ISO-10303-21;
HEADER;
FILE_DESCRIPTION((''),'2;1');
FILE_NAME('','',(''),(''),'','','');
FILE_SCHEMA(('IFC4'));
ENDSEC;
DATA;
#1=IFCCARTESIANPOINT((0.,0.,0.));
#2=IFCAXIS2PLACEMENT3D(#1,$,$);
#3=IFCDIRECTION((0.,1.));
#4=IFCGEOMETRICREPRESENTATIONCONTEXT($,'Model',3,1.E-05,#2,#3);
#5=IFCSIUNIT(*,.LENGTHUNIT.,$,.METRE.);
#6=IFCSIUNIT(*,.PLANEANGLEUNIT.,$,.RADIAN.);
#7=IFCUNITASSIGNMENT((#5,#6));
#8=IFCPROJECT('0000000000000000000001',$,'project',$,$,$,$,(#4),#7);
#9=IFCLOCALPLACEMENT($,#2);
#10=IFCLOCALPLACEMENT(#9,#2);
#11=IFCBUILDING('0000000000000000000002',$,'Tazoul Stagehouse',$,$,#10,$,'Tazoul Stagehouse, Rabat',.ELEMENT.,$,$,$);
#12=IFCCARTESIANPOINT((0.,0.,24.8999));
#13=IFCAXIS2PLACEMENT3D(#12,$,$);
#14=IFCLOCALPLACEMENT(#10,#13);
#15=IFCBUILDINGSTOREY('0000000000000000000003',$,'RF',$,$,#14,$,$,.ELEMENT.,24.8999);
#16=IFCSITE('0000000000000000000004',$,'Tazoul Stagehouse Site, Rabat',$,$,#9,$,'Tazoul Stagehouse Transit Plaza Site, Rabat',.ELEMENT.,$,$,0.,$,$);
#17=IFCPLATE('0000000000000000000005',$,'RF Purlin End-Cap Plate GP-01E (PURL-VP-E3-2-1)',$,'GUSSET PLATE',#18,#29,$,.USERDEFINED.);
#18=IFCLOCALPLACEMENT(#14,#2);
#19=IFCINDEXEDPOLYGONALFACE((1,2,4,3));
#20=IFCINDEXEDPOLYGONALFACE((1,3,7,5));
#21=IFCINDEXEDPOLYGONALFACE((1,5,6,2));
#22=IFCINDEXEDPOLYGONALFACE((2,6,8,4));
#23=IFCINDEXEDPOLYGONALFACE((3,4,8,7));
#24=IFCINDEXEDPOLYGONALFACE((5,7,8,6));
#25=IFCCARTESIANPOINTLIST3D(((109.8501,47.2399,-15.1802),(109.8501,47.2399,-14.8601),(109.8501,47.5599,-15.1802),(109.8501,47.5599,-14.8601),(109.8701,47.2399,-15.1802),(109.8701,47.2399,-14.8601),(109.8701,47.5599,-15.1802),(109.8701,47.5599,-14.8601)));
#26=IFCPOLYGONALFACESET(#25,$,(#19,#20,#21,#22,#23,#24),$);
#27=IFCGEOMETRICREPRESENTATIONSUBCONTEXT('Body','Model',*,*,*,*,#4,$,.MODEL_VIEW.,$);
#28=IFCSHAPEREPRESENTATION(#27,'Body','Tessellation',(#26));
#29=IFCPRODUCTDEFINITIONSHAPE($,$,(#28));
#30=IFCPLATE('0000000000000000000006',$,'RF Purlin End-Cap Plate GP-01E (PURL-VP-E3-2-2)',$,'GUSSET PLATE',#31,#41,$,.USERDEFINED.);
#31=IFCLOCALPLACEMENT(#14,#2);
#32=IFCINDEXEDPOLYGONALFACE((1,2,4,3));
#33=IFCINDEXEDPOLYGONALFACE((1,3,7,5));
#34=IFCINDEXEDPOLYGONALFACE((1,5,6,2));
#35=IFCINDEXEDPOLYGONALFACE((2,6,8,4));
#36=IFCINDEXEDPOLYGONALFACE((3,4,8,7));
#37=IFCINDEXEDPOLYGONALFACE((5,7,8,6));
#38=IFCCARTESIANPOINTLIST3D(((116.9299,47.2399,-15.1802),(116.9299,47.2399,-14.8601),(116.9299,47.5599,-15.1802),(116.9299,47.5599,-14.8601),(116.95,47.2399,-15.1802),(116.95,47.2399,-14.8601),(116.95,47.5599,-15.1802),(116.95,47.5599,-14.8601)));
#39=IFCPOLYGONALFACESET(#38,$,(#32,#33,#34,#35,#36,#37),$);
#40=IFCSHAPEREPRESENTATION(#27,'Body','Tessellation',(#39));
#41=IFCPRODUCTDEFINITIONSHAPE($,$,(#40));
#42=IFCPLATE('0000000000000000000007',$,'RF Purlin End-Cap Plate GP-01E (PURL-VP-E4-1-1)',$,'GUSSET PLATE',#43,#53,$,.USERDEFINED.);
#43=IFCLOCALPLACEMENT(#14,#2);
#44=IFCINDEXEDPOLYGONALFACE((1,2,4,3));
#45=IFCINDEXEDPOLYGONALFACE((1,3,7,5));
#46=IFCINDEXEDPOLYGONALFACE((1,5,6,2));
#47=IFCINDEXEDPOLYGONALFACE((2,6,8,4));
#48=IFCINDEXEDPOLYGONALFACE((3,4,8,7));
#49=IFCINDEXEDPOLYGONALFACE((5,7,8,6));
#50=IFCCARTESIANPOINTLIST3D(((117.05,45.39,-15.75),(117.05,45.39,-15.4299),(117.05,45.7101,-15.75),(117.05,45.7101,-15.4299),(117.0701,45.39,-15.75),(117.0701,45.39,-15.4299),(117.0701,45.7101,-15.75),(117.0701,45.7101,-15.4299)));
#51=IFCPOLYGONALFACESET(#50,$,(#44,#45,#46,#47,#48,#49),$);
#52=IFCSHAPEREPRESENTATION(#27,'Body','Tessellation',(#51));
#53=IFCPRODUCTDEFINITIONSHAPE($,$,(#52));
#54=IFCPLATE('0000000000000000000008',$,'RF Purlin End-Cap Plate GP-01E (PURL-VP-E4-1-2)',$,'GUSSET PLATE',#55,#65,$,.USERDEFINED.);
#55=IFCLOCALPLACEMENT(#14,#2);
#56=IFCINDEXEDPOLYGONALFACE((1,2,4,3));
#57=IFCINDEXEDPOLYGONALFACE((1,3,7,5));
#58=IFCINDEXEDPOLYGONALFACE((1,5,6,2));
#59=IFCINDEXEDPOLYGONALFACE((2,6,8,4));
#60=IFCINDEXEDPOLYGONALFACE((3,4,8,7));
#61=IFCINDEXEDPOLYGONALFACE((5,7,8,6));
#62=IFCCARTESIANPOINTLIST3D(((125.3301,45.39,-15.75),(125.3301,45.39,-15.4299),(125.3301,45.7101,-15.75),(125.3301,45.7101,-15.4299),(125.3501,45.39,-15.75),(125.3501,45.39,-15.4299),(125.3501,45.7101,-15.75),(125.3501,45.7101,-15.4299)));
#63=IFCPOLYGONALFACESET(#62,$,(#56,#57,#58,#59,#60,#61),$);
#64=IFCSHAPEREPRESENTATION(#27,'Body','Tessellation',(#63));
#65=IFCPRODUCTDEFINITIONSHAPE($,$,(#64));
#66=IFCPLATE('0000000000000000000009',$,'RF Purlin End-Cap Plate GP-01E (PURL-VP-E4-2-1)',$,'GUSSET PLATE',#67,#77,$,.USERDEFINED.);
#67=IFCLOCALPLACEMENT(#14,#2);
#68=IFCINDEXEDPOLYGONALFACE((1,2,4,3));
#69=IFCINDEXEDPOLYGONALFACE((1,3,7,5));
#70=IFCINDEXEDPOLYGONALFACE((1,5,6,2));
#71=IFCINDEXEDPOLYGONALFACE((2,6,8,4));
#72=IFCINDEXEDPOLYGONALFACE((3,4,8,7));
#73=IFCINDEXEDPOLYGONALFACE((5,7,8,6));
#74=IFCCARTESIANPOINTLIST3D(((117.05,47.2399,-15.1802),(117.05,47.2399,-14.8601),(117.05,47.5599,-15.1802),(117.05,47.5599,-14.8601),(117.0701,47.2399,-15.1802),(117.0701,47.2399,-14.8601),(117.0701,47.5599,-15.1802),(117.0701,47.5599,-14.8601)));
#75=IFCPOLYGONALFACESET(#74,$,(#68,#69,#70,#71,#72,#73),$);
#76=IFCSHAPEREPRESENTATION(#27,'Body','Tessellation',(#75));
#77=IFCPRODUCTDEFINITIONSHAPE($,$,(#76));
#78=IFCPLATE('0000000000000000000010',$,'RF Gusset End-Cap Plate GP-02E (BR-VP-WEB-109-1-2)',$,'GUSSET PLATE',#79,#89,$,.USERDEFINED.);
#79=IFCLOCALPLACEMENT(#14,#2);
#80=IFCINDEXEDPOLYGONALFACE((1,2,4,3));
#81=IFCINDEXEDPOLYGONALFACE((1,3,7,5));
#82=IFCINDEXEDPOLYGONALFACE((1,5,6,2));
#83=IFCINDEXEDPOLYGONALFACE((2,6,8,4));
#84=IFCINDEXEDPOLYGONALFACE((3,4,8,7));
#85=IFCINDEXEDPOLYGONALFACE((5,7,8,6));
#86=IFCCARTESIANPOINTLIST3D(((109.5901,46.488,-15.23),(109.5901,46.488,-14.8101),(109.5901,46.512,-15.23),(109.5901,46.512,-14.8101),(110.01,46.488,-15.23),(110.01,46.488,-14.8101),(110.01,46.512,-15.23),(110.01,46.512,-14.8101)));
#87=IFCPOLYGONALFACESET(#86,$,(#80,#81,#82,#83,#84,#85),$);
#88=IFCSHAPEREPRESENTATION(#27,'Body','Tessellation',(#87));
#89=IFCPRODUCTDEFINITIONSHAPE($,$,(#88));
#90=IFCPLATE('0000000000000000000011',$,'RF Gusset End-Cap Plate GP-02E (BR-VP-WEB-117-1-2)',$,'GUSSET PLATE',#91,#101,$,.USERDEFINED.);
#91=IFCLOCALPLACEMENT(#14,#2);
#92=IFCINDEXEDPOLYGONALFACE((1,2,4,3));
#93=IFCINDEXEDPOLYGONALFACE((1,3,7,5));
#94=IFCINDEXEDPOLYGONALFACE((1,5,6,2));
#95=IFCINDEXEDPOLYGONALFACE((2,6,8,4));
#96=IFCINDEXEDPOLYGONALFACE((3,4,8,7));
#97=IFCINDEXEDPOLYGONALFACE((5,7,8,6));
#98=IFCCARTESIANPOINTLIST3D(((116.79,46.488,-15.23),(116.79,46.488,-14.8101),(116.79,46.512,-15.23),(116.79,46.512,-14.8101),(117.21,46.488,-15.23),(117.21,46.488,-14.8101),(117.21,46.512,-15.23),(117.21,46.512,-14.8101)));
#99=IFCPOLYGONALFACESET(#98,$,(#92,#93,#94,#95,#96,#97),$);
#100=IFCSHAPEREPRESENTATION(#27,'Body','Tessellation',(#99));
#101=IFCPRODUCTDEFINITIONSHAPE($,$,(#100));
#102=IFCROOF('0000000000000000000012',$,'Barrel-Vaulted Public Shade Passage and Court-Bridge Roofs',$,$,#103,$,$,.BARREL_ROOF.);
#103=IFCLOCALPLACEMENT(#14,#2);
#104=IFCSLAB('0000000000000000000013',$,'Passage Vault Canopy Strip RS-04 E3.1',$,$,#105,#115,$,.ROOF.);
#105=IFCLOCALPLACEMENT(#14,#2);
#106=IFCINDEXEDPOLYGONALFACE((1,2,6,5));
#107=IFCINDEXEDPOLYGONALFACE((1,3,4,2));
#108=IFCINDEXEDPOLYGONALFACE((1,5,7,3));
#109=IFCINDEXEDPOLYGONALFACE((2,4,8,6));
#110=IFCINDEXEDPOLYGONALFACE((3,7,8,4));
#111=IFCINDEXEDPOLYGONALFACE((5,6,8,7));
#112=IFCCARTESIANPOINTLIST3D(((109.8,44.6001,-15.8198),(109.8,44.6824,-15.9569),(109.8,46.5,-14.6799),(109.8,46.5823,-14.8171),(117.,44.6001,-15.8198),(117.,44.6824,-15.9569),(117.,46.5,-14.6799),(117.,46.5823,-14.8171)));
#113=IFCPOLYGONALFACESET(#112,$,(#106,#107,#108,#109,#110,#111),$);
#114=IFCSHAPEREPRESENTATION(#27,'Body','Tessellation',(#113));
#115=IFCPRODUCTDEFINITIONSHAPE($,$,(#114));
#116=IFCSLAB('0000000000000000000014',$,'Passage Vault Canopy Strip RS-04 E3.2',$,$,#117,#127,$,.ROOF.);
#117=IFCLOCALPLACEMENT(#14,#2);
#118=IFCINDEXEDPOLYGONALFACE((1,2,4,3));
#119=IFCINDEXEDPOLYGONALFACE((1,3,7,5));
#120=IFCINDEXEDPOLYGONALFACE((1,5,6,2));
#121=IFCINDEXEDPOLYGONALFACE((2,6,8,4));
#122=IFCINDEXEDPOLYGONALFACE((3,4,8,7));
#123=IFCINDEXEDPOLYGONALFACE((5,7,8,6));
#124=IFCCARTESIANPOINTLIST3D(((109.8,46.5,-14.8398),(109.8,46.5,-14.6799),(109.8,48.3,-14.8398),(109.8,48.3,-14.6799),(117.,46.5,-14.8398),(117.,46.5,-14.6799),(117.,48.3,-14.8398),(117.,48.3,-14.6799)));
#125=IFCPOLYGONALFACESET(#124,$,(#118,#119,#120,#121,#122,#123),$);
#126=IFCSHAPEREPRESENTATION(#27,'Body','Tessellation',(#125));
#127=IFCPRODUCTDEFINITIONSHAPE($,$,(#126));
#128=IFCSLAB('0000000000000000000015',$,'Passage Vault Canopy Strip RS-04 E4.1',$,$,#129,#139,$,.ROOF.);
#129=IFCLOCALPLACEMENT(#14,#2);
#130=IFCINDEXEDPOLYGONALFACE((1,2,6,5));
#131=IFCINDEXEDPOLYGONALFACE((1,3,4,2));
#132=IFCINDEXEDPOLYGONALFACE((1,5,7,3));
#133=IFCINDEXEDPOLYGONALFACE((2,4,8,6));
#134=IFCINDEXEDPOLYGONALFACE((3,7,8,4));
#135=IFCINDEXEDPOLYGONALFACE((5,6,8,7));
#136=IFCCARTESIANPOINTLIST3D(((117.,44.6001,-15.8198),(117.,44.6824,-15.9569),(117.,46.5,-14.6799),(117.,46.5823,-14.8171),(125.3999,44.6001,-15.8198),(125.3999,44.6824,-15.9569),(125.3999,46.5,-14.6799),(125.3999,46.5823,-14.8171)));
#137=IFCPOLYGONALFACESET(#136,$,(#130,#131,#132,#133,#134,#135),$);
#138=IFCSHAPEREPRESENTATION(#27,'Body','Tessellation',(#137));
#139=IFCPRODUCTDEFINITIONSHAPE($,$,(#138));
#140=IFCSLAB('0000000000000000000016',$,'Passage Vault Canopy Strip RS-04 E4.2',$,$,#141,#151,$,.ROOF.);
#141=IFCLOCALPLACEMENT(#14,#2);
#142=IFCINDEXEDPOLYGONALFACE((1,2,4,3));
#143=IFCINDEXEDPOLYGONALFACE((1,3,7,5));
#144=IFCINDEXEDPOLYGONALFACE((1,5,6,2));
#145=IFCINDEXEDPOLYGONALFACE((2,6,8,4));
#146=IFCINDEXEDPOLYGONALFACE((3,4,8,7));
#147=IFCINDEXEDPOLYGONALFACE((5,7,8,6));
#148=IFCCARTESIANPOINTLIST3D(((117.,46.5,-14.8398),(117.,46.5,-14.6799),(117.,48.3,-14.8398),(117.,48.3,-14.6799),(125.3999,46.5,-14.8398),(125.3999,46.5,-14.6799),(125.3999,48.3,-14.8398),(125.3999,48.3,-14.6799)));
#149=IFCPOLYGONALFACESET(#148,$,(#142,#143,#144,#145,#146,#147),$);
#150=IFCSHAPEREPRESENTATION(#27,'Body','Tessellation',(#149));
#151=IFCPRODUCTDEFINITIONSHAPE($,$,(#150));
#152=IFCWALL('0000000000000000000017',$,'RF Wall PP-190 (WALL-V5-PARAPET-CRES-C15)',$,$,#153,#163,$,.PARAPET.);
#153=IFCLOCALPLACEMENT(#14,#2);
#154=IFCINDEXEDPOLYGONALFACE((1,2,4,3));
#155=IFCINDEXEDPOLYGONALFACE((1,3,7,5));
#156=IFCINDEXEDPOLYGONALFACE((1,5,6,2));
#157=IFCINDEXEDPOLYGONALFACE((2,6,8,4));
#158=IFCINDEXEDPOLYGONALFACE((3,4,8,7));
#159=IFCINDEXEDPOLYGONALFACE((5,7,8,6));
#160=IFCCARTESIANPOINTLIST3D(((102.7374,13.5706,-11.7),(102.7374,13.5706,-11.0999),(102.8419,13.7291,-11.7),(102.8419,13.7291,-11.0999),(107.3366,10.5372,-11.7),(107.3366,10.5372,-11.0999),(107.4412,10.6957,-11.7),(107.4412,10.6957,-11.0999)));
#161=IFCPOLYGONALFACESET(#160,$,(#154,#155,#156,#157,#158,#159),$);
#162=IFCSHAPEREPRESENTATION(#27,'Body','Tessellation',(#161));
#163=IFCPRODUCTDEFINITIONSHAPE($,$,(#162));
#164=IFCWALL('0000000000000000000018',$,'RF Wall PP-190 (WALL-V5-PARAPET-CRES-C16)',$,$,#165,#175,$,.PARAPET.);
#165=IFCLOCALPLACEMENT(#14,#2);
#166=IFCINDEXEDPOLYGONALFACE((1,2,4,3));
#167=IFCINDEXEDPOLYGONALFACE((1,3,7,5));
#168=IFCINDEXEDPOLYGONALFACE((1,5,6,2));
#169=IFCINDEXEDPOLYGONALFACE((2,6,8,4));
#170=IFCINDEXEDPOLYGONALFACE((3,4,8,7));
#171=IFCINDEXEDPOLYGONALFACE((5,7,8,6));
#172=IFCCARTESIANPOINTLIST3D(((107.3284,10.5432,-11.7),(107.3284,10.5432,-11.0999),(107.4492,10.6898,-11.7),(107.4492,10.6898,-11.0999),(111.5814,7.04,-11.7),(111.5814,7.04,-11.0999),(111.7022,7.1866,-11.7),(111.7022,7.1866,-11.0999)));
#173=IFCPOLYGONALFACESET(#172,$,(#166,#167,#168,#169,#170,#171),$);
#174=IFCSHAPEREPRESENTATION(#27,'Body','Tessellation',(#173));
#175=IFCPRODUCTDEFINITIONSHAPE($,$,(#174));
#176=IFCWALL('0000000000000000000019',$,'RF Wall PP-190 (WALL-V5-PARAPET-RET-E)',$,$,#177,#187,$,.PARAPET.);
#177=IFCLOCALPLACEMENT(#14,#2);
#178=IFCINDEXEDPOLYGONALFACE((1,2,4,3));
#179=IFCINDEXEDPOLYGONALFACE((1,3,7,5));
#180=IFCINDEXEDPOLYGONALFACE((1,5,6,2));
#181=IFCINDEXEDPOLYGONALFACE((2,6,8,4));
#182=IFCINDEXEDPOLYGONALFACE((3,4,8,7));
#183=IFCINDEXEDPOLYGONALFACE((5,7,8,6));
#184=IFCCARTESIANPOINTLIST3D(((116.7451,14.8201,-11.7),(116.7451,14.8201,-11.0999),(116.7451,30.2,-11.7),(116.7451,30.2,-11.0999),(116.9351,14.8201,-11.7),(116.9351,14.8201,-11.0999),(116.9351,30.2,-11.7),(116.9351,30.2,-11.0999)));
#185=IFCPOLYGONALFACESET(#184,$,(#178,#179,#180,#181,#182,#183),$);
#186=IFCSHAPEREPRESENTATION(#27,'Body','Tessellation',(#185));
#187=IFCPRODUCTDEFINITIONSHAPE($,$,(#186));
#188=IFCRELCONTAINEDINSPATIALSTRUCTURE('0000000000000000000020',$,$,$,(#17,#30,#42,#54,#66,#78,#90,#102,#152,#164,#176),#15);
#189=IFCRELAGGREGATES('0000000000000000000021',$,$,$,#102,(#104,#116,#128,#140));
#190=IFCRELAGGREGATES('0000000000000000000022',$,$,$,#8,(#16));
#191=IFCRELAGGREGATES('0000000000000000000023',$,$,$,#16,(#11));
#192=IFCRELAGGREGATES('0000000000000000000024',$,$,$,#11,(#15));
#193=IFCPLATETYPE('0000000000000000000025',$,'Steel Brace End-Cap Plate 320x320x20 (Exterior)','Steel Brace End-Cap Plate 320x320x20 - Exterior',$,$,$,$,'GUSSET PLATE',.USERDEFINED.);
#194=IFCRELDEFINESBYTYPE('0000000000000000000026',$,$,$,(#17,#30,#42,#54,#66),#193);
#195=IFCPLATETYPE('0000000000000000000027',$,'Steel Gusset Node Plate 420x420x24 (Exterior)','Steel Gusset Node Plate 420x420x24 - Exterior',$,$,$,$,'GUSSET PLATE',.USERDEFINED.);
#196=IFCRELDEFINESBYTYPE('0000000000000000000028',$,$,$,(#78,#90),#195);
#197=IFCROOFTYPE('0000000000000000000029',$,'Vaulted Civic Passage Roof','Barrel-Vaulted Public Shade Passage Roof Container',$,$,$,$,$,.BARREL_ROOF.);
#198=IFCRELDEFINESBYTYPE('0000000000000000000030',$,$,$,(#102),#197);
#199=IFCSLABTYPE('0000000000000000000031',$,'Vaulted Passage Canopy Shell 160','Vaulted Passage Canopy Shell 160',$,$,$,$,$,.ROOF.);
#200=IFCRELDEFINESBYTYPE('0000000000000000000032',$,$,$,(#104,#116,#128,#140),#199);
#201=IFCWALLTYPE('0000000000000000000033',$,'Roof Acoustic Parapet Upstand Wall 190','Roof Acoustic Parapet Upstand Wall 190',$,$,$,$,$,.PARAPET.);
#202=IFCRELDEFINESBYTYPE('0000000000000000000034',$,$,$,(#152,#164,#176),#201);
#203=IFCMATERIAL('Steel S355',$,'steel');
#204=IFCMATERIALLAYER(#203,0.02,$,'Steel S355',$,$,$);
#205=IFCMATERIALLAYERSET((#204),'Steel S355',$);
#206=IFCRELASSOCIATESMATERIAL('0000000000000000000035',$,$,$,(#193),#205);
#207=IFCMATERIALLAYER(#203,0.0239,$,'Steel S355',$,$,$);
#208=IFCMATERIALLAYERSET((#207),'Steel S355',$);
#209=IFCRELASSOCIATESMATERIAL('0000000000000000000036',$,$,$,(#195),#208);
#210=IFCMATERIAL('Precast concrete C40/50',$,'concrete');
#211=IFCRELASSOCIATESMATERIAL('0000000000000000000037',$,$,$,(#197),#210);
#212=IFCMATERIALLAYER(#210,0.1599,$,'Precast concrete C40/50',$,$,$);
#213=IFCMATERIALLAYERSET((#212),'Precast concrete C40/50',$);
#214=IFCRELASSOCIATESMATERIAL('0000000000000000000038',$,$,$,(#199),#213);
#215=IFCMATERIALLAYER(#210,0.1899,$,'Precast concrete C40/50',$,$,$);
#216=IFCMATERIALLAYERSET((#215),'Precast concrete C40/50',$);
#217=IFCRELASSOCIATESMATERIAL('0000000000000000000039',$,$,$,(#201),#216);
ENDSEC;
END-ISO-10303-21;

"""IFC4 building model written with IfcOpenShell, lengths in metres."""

from ifc_helpers import new_model, si_unit, direction, frame, frame_2d, origin, origin_2d, place, context, subcontext, project, spatial, polyline, rectangle, outline, extrude, material, layer, layer_set, type_object, element, aggregate, save


model = new_model("IFC4")

# Units and contexts
model_context = context("Model", 3, precision=1e-05, world=origin(), true_north=direction((0.0, 1.0)))
body_context = subcontext(model_context, "Body", "Model", "MODEL_VIEW")
ifc_project = project(units=[si_unit("LENGTHUNIT", "METRE"), si_unit("PLANEANGLEUNIT", "RADIAN")], contexts=[model_context])

# Site, building, storey
site_placement = place(None, origin())
site = spatial("IfcSite", under=ifc_project, at=site_placement, Name="Tazoul Stagehouse Site, Rabat", LongName="Tazoul Stagehouse Transit Plaza Site, Rabat", CompositionType="ELEMENT", RefElevation=0.0)
building_placement = place(site_placement, origin())
building = spatial("IfcBuilding", under=site, at=building_placement, Name="Tazoul Stagehouse", LongName="Tazoul Stagehouse, Rabat", CompositionType="ELEMENT")
storey_placement = place(building_placement, frame((0.0, 0.0, 24.8999)))
storey = spatial("IfcBuildingStorey", under=building, at=storey_placement, Name="RF", CompositionType="ELEMENT", Elevation=24.8999)

# Shared definitions
ifc_material_1 = material(Name="Steel S355", Category="steel")

# Plates
ifc_layer_1 = layer(ifc_material_1, 0.02, Name="Steel S355")
ifc_layer_set_1 = layer_set([ifc_layer_1], Name="Steel S355")
plate_type_1 = type_object("IfcPlateType", Name="Steel Brace End-Cap Plate 320x320x20 (Exterior)", Description="Steel Brace End-Cap Plate 320x320x20 - Exterior", ElementType="GUSSET PLATE", PredefinedType="USERDEFINED", material=ifc_layer_set_1)
for number, where, z_axis, x_axis, name in (
    (1, (109.8601, 47.3999, -15.1802), (0.0, 0.0, 1.0), (1.0, 0.0, 0.0), "RF Purlin End-Cap Plate GP-01E (PURL-VP-E3-2-1)"),
    (2, (116.9399, 47.3999, -15.1802), (0.0, 0.0, 1.0), (1.0, 0.0, 0.0), "RF Purlin End-Cap Plate GP-01E (PURL-VP-E3-2-2)"),
    (3, (117.0601, 45.55, -15.75), (0.0, 0.0, 1.0), (1.0, 0.0, 0.0), "RF Purlin End-Cap Plate GP-01E (PURL-VP-E4-1-1)"),
    (4, (125.3401, 45.55, -15.75), (0.0, 0.0, 1.0), (1.0, 0.0, 0.0), "RF Purlin End-Cap Plate GP-01E (PURL-VP-E4-1-2)"),
    (5, (117.0601, 47.3999, -15.1802), (0.0, 0.0, 1.0), (1.0, 0.0, 0.0), "RF Purlin End-Cap Plate GP-01E (PURL-VP-E4-2-1)"),
):
    element("IfcPlate", number, at=place(storey_placement, frame(where, z_axis=z_axis, x_axis=x_axis)), inside=storey, type_object=plate_type_1, Name=name, ObjectType="GUSSET PLATE", PredefinedType="USERDEFINED", context=body_context, shape_type="SweptSolid", body=[
        extrude(rectangle(XDim=0.02, YDim=0.3201, at=origin_2d()), origin(), (0.0, 0.0, 1.0), 0.3201),
    ])
ifc_layer_2 = layer(ifc_material_1, 0.0239, Name="Steel S355")
ifc_layer_set_2 = layer_set([ifc_layer_2], Name="Steel S355")
plate_type_2 = type_object("IfcPlateType", Name="Steel Gusset Node Plate 420x420x24 (Exterior)", Description="Steel Gusset Node Plate 420x420x24 - Exterior", ElementType="GUSSET PLATE", PredefinedType="USERDEFINED", material=ifc_layer_set_2)
for number, where, z_axis, x_axis, name in (
    (6, (109.8, 46.5, -15.23), (0.0, 0.0, 1.0), (0.0, -1.0, 0.0), "RF Gusset End-Cap Plate GP-02E (BR-VP-WEB-109-1-2)"),
    (7, (117.0, 46.5, -15.23), (0.0, 0.0, 1.0), (0.0, -1.0, 0.0), "RF Gusset End-Cap Plate GP-02E (BR-VP-WEB-117-1-2)"),
):
    element("IfcPlate", number, at=place(storey_placement, frame(where, z_axis=z_axis, x_axis=x_axis)), inside=storey, type_object=plate_type_2, Name=name, ObjectType="GUSSET PLATE", PredefinedType="USERDEFINED", context=body_context, shape_type="SweptSolid", body=[
        extrude(rectangle(XDim=0.0239, YDim=0.4199, at=origin_2d()), origin(), (0.0, 0.0, 1.0), 0.4199),
    ])

# Roof, slabs
ifc_material_2 = material(Name="Precast concrete C40/50", Category="concrete")
roof_type = type_object("IfcRoofType", Name="Vaulted Civic Passage Roof", Description="Barrel-Vaulted Public Shade Passage Roof Container", PredefinedType="BARREL_ROOF", material=ifc_material_2)
roof_placement = place(storey_placement, origin())
roof = element("IfcRoof", 8, at=roof_placement, inside=storey, type_object=roof_type, Name="Barrel-Vaulted Public Shade Passage and Court-Bridge Roofs", PredefinedType="BARREL_ROOF")
ifc_layer_3 = layer(ifc_material_2, 0.1599, Name="Precast concrete C40/50")
ifc_layer_set_3 = layer_set([ifc_layer_3], Name="Precast concrete C40/50")
slab_type = type_object("IfcSlabType", Name="Vaulted Passage Canopy Shell 160", Description="Vaulted Passage Canopy Shell 160", PredefinedType="ROOF", material=ifc_layer_set_3)
slab_1_placement = place(storey_placement, frame((109.8, 44.6001, -15.8198), z_axis=(0.0, -0.51448, 0.857503), x_axis=(1.0, 0.0, 0.0)))
slab_1 = element("IfcSlab", 9, at=slab_1_placement, type_object=slab_type, Name="Passage Vault Canopy Strip RS-04 E3.1", PredefinedType="ROOF", context=body_context, shape_type="SweptSolid", body=[
    extrude(outline(polyline([(0.0, 0.0), (7.2, 0.0), (7.2, 2.2156), (0.0, 2.2156), (0.0, 0.0)])), origin(), (0.0, 0.0, -1.0), 0.1599),
])
slab_2_placement = place(storey_placement, frame((109.8, 46.5, -14.6799), z_axis=(0.0, 0.0, 1.0), x_axis=(1.0, 0.0, 0.0)))
slab_2 = element("IfcSlab", 10, at=slab_2_placement, type_object=slab_type, Name="Passage Vault Canopy Strip RS-04 E3.2", PredefinedType="ROOF", context=body_context, shape_type="SweptSolid", body=[
    extrude(outline(polyline([(0.0, 0.0), (7.2, 0.0), (7.2, 1.8), (0.0, 1.8), (0.0, 0.0)])), origin(), (0.0, 0.0, -1.0), 0.1599),
])
slab_3_placement = place(storey_placement, frame((117.0, 44.6001, -15.8198), z_axis=(0.0, -0.51448, 0.857503), x_axis=(1.0, 0.0, 0.0)))
slab_3 = element("IfcSlab", 11, at=slab_3_placement, type_object=slab_type, Name="Passage Vault Canopy Strip RS-04 E4.1", PredefinedType="ROOF", context=body_context, shape_type="SweptSolid", body=[
    extrude(outline(polyline([(0.0, 0.0), (8.3999, 0.0), (8.3999, 2.2156), (0.0, 2.2156), (0.0, 0.0)])), origin(), (0.0, 0.0, -1.0), 0.1599),
])
slab_4_placement = place(storey_placement, frame((117.0, 46.5, -14.6799), z_axis=(0.0, 0.0, 1.0), x_axis=(1.0, 0.0, 0.0)))
slab_4 = element("IfcSlab", 12, at=slab_4_placement, type_object=slab_type, Name="Passage Vault Canopy Strip RS-04 E4.2", PredefinedType="ROOF", context=body_context, shape_type="SweptSolid", body=[
    extrude(outline(polyline([(0.0, 0.0), (8.3999, 0.0), (8.3999, 1.8), (0.0, 1.8), (0.0, 0.0)])), origin(), (0.0, 0.0, -1.0), 0.1599),
])
aggregate(roof, [slab_1, slab_2, slab_3, slab_4])

# Walls
ifc_layer_4 = layer(ifc_material_2, 0.1899, Name="Precast concrete C40/50")
ifc_layer_set_4 = layer_set([ifc_layer_4], Name="Precast concrete C40/50")
wall_type = type_object("IfcWallType", Name="Roof Acoustic Parapet Upstand Wall 190", Description="Roof Acoustic Parapet Upstand Wall 190", PredefinedType="PARAPET", material=ifc_layer_set_4)
wall_1_placement = place(storey_placement, frame((102.7896, 13.6499, -11.7), z_axis=(0.0, 0.0, 1.0), x_axis=(0.834787, -0.550572, 0.0)))
element("IfcWall", 13, at=wall_1_placement, inside=storey, type_object=wall_type, Name="RF Wall PP-190 (WALL-V5-PARAPET-CRES-C15)", PredefinedType="PARAPET", context=body_context, shape_type="SweptSolid", body=[
    extrude(rectangle(XDim=5.5095, YDim=0.1899, at=frame_2d((2.7549, 0.0))), origin(), (0.0, 0.0, 1.0), 0.6001),
])
wall_2_placement = place(storey_placement, frame((107.3889, 10.6165, -11.7), z_axis=(0.0, 0.0, 1.0), x_axis=(0.771862, -0.63579, 0.0)))
element("IfcWall", 14, at=wall_2_placement, inside=storey, type_object=wall_type, Name="RF Wall PP-190 (WALL-V5-PARAPET-CRES-C16)", PredefinedType="PARAPET", context=body_context, shape_type="SweptSolid", body=[
    extrude(rectangle(XDim=5.51, YDim=0.1899, at=frame_2d((2.7549, 0.0))), origin(), (0.0, 0.0, 1.0), 0.6001),
])
wall_3_placement = place(storey_placement, frame((116.8401, 14.8201, -11.7), z_axis=(0.0, 0.0, 1.0), x_axis=(0.0, 1.0, 0.0)))
element("IfcWall", 15, at=wall_3_placement, inside=storey, type_object=wall_type, Name="RF Wall PP-190 (WALL-V5-PARAPET-RET-E)", PredefinedType="PARAPET", context=body_context, shape_type="SweptSolid", body=[
    extrude(rectangle(XDim=15.3799, YDim=0.1899, at=frame_2d((7.6899, 0.0))), origin(), (0.0, 0.0, 1.0), 0.6001),
])

save(model, "model.ifc")
